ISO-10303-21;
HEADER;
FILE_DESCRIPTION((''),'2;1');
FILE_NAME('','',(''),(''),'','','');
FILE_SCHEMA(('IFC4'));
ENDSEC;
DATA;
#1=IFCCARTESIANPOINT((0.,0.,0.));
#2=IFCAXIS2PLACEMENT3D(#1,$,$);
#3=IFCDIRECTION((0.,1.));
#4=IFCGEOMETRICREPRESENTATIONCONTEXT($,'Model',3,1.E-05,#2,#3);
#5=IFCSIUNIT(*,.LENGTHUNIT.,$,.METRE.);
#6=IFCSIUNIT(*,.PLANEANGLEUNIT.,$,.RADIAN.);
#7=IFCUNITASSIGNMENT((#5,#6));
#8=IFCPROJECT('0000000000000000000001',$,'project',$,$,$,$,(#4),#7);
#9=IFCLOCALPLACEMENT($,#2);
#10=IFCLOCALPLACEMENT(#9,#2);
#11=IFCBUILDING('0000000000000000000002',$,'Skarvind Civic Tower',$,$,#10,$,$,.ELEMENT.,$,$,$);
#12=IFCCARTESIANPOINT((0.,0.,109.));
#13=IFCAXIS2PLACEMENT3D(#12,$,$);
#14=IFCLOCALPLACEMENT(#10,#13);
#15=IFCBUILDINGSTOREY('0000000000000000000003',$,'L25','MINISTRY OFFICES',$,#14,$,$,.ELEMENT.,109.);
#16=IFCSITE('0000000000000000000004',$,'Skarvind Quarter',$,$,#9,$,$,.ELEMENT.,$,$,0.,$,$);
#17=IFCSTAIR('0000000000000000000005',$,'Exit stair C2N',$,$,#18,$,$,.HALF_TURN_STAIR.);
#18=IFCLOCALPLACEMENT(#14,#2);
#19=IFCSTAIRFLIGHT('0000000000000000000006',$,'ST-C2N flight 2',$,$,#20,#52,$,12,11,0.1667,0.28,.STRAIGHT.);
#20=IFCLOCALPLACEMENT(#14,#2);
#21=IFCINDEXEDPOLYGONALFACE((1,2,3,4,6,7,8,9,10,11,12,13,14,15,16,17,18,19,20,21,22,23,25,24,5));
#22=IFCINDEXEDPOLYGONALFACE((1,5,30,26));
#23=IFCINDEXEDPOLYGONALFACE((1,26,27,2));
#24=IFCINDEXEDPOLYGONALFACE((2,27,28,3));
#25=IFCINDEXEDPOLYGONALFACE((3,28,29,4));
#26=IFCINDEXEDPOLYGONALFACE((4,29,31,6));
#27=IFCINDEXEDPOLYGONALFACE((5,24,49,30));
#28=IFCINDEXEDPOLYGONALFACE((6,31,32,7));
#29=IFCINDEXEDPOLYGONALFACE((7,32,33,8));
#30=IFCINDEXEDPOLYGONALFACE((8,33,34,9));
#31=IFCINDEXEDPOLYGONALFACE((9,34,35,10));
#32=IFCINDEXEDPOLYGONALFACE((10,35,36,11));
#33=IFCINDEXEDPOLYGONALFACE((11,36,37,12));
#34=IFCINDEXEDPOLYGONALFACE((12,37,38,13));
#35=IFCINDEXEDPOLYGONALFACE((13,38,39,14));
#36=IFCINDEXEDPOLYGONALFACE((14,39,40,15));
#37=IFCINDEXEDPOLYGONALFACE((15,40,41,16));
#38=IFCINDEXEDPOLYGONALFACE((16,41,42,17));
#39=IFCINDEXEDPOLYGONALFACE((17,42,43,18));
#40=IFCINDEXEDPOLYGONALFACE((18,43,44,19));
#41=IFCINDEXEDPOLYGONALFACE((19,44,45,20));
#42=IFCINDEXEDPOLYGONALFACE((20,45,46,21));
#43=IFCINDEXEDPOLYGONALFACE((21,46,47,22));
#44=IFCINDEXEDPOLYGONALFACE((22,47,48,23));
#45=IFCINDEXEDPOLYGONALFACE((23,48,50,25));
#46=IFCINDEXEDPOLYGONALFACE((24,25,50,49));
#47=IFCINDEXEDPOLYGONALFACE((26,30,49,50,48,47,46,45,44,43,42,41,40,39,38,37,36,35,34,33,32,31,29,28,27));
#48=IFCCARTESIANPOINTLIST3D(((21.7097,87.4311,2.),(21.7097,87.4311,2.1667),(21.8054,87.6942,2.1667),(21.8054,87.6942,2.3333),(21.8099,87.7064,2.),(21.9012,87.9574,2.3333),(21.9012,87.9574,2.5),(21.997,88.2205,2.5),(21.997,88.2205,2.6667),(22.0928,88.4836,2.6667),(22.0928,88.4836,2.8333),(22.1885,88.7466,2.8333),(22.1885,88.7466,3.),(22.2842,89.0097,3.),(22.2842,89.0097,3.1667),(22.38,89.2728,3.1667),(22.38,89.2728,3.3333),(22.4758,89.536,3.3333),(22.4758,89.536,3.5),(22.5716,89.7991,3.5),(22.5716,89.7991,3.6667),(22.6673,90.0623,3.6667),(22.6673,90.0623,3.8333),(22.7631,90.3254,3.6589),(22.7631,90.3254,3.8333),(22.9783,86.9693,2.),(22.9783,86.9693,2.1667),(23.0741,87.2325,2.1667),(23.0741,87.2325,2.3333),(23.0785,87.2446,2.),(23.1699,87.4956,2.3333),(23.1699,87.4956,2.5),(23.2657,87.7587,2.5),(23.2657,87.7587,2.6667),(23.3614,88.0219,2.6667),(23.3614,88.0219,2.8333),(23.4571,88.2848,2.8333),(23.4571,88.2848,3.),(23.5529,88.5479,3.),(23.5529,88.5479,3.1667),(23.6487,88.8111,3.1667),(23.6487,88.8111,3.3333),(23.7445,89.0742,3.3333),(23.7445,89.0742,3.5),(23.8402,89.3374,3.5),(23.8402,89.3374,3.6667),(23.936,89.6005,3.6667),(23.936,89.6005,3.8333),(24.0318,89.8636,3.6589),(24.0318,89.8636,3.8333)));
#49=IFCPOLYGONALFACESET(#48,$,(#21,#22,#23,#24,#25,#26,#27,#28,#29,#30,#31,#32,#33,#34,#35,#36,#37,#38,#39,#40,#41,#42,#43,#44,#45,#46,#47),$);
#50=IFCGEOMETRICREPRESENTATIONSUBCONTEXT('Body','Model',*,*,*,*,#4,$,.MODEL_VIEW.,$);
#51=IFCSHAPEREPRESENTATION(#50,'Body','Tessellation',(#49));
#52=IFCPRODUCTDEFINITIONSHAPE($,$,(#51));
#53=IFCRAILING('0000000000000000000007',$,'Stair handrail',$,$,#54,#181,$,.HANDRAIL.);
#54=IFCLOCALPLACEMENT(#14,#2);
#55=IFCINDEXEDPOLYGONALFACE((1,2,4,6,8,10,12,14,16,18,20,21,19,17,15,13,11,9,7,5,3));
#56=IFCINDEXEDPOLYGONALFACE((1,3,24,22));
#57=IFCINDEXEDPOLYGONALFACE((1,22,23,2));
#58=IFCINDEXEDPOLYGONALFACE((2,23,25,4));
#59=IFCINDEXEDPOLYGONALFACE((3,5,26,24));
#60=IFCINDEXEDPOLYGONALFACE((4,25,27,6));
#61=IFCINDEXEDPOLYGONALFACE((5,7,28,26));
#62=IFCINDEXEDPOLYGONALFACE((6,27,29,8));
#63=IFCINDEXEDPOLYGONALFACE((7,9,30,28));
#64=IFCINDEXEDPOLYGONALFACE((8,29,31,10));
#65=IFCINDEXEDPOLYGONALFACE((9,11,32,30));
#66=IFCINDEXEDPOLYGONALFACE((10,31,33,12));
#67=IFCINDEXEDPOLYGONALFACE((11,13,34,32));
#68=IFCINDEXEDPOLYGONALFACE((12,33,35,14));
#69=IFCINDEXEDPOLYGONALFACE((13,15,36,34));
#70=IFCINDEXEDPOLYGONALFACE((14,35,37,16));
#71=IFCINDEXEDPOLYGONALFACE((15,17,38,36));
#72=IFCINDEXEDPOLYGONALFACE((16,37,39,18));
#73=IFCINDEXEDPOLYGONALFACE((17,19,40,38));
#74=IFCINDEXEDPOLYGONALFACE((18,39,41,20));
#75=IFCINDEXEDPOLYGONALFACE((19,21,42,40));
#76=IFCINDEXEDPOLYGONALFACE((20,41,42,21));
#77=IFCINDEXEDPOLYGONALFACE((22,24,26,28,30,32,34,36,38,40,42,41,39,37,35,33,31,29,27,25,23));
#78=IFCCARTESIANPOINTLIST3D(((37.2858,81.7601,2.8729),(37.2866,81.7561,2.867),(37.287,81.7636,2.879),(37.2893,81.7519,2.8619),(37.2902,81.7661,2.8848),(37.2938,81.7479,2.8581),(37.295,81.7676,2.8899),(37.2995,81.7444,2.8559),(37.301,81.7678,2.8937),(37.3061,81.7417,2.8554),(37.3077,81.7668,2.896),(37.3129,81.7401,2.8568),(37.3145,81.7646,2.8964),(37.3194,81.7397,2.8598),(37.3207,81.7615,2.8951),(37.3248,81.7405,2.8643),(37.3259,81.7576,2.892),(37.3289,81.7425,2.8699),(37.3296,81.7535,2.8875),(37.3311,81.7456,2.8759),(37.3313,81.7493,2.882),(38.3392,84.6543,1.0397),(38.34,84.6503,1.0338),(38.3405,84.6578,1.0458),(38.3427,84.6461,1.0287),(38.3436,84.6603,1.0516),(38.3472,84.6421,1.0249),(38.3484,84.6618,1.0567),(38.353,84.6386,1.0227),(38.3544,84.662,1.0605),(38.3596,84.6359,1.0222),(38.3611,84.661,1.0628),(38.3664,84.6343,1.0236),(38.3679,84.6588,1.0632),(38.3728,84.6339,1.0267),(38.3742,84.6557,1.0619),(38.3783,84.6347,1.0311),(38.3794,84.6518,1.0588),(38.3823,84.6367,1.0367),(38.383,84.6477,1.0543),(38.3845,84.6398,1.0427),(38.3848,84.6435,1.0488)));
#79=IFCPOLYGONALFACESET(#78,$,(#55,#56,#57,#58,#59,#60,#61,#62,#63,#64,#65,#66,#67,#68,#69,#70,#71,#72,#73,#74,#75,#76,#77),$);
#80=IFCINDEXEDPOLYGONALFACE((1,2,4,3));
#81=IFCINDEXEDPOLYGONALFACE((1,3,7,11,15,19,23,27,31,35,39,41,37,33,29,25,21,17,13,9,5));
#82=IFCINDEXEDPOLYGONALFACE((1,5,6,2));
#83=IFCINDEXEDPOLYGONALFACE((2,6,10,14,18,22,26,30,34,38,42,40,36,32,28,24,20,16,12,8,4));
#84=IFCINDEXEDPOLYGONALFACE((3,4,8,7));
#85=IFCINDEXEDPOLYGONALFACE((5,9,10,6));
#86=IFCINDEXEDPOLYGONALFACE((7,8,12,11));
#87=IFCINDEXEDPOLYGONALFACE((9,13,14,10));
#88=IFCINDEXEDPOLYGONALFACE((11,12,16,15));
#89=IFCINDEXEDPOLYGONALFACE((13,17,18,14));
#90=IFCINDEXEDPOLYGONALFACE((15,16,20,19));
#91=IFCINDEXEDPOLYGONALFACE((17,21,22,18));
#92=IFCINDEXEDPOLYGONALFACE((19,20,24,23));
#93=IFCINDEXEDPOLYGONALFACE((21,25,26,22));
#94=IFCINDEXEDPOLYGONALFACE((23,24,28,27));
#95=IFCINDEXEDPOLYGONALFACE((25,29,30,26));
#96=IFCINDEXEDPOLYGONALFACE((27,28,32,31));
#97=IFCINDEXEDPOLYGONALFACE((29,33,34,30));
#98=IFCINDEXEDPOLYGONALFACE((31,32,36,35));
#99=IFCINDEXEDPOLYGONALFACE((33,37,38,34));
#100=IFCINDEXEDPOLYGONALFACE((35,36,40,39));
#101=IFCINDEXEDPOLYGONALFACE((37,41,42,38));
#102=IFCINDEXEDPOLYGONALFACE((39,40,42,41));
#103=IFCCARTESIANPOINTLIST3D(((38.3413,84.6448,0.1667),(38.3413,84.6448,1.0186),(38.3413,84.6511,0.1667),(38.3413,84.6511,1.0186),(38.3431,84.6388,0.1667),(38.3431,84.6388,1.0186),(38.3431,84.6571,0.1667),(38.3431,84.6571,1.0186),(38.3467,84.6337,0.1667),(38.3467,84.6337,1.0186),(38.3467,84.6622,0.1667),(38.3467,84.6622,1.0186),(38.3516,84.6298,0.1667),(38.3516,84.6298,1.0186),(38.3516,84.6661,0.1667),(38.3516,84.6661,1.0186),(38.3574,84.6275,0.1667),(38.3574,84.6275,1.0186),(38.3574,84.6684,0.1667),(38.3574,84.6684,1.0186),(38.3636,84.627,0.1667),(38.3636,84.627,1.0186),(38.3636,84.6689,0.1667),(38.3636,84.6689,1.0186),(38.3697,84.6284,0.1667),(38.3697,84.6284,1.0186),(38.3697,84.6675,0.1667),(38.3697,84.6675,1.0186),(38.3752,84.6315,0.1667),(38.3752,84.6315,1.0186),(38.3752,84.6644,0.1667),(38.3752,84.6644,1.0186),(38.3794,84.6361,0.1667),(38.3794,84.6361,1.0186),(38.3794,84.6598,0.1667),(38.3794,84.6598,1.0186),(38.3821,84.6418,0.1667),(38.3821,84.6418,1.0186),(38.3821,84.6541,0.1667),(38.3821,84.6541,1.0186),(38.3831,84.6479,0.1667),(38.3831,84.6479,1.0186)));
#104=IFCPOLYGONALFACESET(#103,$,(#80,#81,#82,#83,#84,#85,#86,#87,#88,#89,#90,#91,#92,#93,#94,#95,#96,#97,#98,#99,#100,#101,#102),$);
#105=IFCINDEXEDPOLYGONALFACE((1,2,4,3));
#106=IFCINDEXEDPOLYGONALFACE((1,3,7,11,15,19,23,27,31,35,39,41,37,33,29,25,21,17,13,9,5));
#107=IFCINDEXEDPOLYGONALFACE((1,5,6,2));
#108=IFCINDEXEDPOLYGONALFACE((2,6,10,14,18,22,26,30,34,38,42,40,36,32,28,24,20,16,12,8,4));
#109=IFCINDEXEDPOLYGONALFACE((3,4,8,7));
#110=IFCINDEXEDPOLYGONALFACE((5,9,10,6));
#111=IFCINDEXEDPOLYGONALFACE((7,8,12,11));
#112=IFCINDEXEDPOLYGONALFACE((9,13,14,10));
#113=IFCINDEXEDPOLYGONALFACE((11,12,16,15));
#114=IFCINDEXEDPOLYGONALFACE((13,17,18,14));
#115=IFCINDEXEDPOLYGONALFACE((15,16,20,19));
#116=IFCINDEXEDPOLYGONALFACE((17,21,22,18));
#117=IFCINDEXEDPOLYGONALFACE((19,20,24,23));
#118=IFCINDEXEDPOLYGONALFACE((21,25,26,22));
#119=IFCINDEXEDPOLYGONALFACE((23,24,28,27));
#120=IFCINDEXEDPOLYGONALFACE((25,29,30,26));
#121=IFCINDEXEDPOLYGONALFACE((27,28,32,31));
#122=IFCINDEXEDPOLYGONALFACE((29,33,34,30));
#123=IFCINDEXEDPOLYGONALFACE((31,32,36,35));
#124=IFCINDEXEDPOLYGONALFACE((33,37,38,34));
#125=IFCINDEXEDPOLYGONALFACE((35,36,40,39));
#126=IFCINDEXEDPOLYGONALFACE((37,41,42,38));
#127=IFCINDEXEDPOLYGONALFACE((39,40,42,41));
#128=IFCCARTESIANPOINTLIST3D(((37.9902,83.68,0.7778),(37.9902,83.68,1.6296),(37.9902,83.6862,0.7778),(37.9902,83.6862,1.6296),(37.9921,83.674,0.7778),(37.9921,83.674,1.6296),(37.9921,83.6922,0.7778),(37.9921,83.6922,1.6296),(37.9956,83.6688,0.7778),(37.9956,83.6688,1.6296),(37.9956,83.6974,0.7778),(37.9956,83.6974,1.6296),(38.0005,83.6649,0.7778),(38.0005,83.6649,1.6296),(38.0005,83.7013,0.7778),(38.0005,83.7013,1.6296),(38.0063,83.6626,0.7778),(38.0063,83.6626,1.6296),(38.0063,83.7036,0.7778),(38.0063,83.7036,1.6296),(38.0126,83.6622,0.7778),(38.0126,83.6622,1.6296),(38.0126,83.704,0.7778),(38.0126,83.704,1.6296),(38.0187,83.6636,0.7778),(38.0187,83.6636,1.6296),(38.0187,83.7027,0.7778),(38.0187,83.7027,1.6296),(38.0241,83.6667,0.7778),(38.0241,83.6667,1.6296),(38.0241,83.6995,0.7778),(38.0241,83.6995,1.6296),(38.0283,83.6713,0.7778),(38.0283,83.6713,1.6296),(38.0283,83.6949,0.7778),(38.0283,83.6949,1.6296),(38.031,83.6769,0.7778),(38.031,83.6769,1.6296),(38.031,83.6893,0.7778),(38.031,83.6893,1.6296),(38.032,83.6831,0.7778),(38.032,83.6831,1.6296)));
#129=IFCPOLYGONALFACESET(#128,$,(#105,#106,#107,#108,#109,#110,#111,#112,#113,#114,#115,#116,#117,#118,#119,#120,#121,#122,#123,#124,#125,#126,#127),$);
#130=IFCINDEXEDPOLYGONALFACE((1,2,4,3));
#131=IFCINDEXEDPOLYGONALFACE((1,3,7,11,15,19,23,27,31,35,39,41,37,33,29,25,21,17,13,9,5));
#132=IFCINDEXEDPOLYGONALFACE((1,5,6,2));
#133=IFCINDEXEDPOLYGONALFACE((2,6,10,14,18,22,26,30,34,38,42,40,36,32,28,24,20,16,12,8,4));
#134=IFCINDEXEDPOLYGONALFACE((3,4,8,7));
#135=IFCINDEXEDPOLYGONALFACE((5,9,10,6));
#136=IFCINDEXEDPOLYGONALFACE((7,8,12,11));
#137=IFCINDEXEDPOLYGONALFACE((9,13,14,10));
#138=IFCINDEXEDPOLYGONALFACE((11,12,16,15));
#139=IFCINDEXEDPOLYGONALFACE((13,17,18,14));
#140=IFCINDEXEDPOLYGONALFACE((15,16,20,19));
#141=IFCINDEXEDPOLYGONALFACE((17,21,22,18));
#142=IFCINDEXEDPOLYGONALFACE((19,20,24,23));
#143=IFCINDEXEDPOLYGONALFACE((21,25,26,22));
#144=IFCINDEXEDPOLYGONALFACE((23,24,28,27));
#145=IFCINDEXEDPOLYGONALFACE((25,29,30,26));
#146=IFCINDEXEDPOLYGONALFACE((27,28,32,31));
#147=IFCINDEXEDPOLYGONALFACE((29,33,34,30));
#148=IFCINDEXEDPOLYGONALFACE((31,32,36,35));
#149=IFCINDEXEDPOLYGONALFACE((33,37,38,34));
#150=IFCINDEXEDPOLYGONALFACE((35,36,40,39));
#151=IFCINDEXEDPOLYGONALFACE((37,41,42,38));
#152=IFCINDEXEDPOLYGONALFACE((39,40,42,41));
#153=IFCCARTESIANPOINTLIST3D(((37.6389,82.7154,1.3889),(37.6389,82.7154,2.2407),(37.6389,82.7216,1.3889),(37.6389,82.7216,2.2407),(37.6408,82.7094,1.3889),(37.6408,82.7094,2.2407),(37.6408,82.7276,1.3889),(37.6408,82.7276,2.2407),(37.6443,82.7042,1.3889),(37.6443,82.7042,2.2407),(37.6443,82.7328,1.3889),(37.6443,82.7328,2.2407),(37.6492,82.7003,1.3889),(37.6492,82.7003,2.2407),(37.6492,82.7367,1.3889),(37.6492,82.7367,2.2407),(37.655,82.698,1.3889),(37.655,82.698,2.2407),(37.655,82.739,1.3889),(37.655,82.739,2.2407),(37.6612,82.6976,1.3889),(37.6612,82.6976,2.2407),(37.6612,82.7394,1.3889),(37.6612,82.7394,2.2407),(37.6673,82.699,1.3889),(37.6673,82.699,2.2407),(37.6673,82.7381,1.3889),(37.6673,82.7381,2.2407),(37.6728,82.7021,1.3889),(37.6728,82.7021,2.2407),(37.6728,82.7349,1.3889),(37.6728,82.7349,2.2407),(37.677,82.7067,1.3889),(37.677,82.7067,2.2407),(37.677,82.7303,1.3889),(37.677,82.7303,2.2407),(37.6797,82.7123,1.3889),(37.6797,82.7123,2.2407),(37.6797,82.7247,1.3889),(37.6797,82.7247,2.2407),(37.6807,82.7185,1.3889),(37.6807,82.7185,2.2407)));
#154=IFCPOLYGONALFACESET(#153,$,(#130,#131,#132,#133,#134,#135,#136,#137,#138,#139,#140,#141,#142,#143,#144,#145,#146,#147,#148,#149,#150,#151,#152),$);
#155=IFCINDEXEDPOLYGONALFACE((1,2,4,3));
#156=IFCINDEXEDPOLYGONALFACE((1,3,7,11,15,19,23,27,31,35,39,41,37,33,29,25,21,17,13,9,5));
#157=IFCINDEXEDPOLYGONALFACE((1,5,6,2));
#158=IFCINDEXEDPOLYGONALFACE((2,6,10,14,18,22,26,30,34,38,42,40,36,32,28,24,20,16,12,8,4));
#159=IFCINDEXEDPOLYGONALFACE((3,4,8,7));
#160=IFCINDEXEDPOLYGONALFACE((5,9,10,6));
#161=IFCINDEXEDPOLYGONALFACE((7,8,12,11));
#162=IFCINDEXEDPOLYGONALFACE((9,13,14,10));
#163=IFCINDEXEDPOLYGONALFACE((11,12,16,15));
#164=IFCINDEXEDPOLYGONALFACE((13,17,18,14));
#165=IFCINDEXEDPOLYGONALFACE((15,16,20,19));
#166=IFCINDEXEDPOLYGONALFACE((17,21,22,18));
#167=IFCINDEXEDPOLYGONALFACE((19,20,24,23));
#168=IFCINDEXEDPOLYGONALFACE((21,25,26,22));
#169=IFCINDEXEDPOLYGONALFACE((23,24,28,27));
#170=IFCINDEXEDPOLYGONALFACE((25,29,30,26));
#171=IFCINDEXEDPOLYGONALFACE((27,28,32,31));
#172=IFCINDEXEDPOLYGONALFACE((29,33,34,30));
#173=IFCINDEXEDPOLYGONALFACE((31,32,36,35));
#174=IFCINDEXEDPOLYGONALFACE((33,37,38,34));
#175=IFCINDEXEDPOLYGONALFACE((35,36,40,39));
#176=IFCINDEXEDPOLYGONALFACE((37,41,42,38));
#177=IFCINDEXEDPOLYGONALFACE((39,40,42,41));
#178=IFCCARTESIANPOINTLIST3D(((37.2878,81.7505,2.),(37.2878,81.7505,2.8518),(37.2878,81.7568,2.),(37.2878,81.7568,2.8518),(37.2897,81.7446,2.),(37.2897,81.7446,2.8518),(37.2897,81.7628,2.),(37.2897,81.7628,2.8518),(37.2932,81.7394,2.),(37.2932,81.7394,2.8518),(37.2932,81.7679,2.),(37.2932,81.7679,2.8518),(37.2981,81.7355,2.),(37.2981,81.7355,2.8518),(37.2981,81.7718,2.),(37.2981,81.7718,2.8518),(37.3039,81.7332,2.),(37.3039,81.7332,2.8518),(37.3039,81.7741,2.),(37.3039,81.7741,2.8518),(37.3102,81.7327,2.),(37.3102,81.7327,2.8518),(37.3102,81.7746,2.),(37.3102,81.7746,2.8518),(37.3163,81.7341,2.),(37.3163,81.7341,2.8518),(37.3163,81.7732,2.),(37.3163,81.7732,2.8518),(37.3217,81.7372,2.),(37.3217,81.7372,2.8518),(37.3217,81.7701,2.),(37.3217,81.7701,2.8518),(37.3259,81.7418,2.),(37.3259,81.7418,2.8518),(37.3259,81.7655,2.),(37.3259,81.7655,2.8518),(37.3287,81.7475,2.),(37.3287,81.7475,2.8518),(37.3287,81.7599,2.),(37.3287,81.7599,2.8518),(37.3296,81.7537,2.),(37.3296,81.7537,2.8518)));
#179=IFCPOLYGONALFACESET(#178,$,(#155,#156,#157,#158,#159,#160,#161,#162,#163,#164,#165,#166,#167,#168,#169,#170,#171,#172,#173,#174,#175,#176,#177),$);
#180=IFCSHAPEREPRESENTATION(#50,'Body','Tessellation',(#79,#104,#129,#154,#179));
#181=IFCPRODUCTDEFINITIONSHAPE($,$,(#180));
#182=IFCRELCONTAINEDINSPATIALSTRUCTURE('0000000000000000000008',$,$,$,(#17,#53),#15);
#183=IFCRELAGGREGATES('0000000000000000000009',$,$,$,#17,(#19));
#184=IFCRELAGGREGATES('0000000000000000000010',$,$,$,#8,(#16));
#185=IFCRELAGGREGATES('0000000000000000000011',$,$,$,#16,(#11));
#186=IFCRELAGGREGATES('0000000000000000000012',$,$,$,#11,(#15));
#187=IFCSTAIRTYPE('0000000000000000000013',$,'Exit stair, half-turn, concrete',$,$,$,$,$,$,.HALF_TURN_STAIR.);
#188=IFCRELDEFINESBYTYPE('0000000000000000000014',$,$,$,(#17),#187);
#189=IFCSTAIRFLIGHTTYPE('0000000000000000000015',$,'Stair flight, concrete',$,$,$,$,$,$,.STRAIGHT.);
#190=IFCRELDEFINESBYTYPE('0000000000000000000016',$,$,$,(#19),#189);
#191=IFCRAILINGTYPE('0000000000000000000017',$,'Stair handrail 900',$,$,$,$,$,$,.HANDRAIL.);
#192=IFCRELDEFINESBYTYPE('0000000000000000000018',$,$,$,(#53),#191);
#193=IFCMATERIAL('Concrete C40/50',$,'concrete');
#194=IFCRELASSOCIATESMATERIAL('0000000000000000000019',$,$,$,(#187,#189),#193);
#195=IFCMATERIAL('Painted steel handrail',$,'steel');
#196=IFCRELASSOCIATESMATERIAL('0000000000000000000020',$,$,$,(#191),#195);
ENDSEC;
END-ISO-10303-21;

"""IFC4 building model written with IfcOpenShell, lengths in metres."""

from ifc_helpers import new_model, si_unit, direction, frame, origin, origin_2d, place, context, subcontext, project, spatial, polyline, circle, outline, extrude, material, type_object, element, aggregate, save


model = new_model("IFC4")

# Units and contexts
model_context = context("Model", 3, precision=1e-05, world=origin(), true_north=direction((0.0, 1.0)))
body_context = subcontext(model_context, "Body", "Model", "MODEL_VIEW")
ifc_project = project(units=[si_unit("LENGTHUNIT", "METRE"), si_unit("PLANEANGLEUNIT", "RADIAN")], contexts=[model_context])

# Site, building, storey
site_placement = place(None, origin())
site = spatial("IfcSite", under=ifc_project, at=site_placement, Name="Skarvind Quarter", CompositionType="ELEMENT", RefElevation=0.0)
building_placement = place(site_placement, origin())
building = spatial("IfcBuilding", under=site, at=building_placement, Name="Skarvind Civic Tower", CompositionType="ELEMENT")
storey_placement = place(building_placement, frame((0.0, 0.0, 109.0)))
storey = spatial("IfcBuildingStorey", under=building, at=storey_placement, Name="L25", Description="MINISTRY OFFICES", CompositionType="ELEMENT", Elevation=109.0)

# Stair, stair flight
ifc_material_1 = material(Name="Concrete C40/50", Category="concrete")
stair_type = type_object("IfcStairType", Name="Exit stair, half-turn, concrete", PredefinedType="HALF_TURN_STAIR", material=ifc_material_1)
stair_flight_type = type_object("IfcStairFlightType", Name="Stair flight, concrete", PredefinedType="STRAIGHT", material=ifc_material_1)
stair_1_placement = place(storey_placement, origin())
stair_1 = element("IfcStair", 1, at=stair_1_placement, inside=storey, type_object=stair_type, Name="Exit stair C2N", PredefinedType="HALF_TURN_STAIR")
stair_flight_1_placement = place(storey_placement, frame((22.344, 87.2002, 2.0), z_axis=(0.0, 0.0, 1.0), x_axis=(0.34202, 0.939693, 0.0)))
stair_flight_1 = element("IfcStairFlight", 2, at=stair_flight_1_placement, type_object=stair_flight_type, Name="ST-C2N flight 2", NumberOfRisers=12, NumberOfTreads=11, PredefinedType="STRAIGHT", RiserHeight=0.1667, TreadLength=0.28, context=body_context, shape_type="SweptSolid", body=[
    extrude(outline(polyline([(0.0, 0.0), (0.0, 0.1667), (0.28, 0.1667), (0.28, 0.3333), (0.5601, 0.3333), (0.5601, 0.5), (0.8401, 0.5), (0.8401, 0.6667), (1.1201, 0.6667), (1.1201, 0.8333), (1.3999, 0.8333), (1.3999, 1.0), (1.6799, 1.0), (1.6799, 1.1667), (1.96, 1.1667), (1.96, 1.3333), (2.24, 1.3333), (2.24, 1.5), (2.52, 1.5), (2.52, 1.6667), (2.8, 1.6667), (2.8, 1.8333), (3.0801, 1.8333), (3.0801, 2.0), (3.0801, 1.6589), (0.293, 0.0), (0.0, 0.0)])), frame((0.0, 0.675, 0.0), z_axis=(0.0, -1.0, 0.0), x_axis=(1.0, 0.0, 0.0)), (0.0, 0.0, 1.0), 1.3501),
])
aggregate(stair_1, [stair_flight_1])

# Railing
ifc_material_2 = material(Name="Painted steel handrail", Category="steel")
railing_type = type_object("IfcRailingType", Name="Stair handrail 900", PredefinedType="HANDRAIL", material=ifc_material_2)
railing_placement = place(storey_placement, frame((38.3621, 84.6479, 0.1667)))
element("IfcRailing", 3, at=railing_placement, inside=storey, type_object=railing_type, Name="Stair handrail", PredefinedType="HANDRAIL", context=body_context, shape_type="SweptSolid", body=[
    extrude(circle(Radius=0.0239, at=origin_2d()), frame((0.0, 0.0, 0.876), z_axis=(-0.293908, -0.807481, 0.511461), x_axis=(0.939689, -0.342029, 0.0)), (0.0, 0.0, 1.0), 3.5842),
    extrude(circle(Radius=0.021, at=origin_2d()), origin(), (0.0, 0.0, 1.0), 0.8518),
    extrude(circle(Radius=0.021, at=origin_2d()), frame((-0.3511, -0.9648, 0.6111)), (0.0, 0.0, 1.0), 0.8518),
    extrude(circle(Radius=0.021, at=origin_2d()), frame((-0.7024, -1.9294, 1.2222)), (0.0, 0.0, 1.0), 0.8518),
    extrude(circle(Radius=0.021, at=origin_2d()), frame((-1.0535, -2.8943, 1.8333)), (0.0, 0.0, 1.0), 0.8518),
])

save(model, "model.ifc")
